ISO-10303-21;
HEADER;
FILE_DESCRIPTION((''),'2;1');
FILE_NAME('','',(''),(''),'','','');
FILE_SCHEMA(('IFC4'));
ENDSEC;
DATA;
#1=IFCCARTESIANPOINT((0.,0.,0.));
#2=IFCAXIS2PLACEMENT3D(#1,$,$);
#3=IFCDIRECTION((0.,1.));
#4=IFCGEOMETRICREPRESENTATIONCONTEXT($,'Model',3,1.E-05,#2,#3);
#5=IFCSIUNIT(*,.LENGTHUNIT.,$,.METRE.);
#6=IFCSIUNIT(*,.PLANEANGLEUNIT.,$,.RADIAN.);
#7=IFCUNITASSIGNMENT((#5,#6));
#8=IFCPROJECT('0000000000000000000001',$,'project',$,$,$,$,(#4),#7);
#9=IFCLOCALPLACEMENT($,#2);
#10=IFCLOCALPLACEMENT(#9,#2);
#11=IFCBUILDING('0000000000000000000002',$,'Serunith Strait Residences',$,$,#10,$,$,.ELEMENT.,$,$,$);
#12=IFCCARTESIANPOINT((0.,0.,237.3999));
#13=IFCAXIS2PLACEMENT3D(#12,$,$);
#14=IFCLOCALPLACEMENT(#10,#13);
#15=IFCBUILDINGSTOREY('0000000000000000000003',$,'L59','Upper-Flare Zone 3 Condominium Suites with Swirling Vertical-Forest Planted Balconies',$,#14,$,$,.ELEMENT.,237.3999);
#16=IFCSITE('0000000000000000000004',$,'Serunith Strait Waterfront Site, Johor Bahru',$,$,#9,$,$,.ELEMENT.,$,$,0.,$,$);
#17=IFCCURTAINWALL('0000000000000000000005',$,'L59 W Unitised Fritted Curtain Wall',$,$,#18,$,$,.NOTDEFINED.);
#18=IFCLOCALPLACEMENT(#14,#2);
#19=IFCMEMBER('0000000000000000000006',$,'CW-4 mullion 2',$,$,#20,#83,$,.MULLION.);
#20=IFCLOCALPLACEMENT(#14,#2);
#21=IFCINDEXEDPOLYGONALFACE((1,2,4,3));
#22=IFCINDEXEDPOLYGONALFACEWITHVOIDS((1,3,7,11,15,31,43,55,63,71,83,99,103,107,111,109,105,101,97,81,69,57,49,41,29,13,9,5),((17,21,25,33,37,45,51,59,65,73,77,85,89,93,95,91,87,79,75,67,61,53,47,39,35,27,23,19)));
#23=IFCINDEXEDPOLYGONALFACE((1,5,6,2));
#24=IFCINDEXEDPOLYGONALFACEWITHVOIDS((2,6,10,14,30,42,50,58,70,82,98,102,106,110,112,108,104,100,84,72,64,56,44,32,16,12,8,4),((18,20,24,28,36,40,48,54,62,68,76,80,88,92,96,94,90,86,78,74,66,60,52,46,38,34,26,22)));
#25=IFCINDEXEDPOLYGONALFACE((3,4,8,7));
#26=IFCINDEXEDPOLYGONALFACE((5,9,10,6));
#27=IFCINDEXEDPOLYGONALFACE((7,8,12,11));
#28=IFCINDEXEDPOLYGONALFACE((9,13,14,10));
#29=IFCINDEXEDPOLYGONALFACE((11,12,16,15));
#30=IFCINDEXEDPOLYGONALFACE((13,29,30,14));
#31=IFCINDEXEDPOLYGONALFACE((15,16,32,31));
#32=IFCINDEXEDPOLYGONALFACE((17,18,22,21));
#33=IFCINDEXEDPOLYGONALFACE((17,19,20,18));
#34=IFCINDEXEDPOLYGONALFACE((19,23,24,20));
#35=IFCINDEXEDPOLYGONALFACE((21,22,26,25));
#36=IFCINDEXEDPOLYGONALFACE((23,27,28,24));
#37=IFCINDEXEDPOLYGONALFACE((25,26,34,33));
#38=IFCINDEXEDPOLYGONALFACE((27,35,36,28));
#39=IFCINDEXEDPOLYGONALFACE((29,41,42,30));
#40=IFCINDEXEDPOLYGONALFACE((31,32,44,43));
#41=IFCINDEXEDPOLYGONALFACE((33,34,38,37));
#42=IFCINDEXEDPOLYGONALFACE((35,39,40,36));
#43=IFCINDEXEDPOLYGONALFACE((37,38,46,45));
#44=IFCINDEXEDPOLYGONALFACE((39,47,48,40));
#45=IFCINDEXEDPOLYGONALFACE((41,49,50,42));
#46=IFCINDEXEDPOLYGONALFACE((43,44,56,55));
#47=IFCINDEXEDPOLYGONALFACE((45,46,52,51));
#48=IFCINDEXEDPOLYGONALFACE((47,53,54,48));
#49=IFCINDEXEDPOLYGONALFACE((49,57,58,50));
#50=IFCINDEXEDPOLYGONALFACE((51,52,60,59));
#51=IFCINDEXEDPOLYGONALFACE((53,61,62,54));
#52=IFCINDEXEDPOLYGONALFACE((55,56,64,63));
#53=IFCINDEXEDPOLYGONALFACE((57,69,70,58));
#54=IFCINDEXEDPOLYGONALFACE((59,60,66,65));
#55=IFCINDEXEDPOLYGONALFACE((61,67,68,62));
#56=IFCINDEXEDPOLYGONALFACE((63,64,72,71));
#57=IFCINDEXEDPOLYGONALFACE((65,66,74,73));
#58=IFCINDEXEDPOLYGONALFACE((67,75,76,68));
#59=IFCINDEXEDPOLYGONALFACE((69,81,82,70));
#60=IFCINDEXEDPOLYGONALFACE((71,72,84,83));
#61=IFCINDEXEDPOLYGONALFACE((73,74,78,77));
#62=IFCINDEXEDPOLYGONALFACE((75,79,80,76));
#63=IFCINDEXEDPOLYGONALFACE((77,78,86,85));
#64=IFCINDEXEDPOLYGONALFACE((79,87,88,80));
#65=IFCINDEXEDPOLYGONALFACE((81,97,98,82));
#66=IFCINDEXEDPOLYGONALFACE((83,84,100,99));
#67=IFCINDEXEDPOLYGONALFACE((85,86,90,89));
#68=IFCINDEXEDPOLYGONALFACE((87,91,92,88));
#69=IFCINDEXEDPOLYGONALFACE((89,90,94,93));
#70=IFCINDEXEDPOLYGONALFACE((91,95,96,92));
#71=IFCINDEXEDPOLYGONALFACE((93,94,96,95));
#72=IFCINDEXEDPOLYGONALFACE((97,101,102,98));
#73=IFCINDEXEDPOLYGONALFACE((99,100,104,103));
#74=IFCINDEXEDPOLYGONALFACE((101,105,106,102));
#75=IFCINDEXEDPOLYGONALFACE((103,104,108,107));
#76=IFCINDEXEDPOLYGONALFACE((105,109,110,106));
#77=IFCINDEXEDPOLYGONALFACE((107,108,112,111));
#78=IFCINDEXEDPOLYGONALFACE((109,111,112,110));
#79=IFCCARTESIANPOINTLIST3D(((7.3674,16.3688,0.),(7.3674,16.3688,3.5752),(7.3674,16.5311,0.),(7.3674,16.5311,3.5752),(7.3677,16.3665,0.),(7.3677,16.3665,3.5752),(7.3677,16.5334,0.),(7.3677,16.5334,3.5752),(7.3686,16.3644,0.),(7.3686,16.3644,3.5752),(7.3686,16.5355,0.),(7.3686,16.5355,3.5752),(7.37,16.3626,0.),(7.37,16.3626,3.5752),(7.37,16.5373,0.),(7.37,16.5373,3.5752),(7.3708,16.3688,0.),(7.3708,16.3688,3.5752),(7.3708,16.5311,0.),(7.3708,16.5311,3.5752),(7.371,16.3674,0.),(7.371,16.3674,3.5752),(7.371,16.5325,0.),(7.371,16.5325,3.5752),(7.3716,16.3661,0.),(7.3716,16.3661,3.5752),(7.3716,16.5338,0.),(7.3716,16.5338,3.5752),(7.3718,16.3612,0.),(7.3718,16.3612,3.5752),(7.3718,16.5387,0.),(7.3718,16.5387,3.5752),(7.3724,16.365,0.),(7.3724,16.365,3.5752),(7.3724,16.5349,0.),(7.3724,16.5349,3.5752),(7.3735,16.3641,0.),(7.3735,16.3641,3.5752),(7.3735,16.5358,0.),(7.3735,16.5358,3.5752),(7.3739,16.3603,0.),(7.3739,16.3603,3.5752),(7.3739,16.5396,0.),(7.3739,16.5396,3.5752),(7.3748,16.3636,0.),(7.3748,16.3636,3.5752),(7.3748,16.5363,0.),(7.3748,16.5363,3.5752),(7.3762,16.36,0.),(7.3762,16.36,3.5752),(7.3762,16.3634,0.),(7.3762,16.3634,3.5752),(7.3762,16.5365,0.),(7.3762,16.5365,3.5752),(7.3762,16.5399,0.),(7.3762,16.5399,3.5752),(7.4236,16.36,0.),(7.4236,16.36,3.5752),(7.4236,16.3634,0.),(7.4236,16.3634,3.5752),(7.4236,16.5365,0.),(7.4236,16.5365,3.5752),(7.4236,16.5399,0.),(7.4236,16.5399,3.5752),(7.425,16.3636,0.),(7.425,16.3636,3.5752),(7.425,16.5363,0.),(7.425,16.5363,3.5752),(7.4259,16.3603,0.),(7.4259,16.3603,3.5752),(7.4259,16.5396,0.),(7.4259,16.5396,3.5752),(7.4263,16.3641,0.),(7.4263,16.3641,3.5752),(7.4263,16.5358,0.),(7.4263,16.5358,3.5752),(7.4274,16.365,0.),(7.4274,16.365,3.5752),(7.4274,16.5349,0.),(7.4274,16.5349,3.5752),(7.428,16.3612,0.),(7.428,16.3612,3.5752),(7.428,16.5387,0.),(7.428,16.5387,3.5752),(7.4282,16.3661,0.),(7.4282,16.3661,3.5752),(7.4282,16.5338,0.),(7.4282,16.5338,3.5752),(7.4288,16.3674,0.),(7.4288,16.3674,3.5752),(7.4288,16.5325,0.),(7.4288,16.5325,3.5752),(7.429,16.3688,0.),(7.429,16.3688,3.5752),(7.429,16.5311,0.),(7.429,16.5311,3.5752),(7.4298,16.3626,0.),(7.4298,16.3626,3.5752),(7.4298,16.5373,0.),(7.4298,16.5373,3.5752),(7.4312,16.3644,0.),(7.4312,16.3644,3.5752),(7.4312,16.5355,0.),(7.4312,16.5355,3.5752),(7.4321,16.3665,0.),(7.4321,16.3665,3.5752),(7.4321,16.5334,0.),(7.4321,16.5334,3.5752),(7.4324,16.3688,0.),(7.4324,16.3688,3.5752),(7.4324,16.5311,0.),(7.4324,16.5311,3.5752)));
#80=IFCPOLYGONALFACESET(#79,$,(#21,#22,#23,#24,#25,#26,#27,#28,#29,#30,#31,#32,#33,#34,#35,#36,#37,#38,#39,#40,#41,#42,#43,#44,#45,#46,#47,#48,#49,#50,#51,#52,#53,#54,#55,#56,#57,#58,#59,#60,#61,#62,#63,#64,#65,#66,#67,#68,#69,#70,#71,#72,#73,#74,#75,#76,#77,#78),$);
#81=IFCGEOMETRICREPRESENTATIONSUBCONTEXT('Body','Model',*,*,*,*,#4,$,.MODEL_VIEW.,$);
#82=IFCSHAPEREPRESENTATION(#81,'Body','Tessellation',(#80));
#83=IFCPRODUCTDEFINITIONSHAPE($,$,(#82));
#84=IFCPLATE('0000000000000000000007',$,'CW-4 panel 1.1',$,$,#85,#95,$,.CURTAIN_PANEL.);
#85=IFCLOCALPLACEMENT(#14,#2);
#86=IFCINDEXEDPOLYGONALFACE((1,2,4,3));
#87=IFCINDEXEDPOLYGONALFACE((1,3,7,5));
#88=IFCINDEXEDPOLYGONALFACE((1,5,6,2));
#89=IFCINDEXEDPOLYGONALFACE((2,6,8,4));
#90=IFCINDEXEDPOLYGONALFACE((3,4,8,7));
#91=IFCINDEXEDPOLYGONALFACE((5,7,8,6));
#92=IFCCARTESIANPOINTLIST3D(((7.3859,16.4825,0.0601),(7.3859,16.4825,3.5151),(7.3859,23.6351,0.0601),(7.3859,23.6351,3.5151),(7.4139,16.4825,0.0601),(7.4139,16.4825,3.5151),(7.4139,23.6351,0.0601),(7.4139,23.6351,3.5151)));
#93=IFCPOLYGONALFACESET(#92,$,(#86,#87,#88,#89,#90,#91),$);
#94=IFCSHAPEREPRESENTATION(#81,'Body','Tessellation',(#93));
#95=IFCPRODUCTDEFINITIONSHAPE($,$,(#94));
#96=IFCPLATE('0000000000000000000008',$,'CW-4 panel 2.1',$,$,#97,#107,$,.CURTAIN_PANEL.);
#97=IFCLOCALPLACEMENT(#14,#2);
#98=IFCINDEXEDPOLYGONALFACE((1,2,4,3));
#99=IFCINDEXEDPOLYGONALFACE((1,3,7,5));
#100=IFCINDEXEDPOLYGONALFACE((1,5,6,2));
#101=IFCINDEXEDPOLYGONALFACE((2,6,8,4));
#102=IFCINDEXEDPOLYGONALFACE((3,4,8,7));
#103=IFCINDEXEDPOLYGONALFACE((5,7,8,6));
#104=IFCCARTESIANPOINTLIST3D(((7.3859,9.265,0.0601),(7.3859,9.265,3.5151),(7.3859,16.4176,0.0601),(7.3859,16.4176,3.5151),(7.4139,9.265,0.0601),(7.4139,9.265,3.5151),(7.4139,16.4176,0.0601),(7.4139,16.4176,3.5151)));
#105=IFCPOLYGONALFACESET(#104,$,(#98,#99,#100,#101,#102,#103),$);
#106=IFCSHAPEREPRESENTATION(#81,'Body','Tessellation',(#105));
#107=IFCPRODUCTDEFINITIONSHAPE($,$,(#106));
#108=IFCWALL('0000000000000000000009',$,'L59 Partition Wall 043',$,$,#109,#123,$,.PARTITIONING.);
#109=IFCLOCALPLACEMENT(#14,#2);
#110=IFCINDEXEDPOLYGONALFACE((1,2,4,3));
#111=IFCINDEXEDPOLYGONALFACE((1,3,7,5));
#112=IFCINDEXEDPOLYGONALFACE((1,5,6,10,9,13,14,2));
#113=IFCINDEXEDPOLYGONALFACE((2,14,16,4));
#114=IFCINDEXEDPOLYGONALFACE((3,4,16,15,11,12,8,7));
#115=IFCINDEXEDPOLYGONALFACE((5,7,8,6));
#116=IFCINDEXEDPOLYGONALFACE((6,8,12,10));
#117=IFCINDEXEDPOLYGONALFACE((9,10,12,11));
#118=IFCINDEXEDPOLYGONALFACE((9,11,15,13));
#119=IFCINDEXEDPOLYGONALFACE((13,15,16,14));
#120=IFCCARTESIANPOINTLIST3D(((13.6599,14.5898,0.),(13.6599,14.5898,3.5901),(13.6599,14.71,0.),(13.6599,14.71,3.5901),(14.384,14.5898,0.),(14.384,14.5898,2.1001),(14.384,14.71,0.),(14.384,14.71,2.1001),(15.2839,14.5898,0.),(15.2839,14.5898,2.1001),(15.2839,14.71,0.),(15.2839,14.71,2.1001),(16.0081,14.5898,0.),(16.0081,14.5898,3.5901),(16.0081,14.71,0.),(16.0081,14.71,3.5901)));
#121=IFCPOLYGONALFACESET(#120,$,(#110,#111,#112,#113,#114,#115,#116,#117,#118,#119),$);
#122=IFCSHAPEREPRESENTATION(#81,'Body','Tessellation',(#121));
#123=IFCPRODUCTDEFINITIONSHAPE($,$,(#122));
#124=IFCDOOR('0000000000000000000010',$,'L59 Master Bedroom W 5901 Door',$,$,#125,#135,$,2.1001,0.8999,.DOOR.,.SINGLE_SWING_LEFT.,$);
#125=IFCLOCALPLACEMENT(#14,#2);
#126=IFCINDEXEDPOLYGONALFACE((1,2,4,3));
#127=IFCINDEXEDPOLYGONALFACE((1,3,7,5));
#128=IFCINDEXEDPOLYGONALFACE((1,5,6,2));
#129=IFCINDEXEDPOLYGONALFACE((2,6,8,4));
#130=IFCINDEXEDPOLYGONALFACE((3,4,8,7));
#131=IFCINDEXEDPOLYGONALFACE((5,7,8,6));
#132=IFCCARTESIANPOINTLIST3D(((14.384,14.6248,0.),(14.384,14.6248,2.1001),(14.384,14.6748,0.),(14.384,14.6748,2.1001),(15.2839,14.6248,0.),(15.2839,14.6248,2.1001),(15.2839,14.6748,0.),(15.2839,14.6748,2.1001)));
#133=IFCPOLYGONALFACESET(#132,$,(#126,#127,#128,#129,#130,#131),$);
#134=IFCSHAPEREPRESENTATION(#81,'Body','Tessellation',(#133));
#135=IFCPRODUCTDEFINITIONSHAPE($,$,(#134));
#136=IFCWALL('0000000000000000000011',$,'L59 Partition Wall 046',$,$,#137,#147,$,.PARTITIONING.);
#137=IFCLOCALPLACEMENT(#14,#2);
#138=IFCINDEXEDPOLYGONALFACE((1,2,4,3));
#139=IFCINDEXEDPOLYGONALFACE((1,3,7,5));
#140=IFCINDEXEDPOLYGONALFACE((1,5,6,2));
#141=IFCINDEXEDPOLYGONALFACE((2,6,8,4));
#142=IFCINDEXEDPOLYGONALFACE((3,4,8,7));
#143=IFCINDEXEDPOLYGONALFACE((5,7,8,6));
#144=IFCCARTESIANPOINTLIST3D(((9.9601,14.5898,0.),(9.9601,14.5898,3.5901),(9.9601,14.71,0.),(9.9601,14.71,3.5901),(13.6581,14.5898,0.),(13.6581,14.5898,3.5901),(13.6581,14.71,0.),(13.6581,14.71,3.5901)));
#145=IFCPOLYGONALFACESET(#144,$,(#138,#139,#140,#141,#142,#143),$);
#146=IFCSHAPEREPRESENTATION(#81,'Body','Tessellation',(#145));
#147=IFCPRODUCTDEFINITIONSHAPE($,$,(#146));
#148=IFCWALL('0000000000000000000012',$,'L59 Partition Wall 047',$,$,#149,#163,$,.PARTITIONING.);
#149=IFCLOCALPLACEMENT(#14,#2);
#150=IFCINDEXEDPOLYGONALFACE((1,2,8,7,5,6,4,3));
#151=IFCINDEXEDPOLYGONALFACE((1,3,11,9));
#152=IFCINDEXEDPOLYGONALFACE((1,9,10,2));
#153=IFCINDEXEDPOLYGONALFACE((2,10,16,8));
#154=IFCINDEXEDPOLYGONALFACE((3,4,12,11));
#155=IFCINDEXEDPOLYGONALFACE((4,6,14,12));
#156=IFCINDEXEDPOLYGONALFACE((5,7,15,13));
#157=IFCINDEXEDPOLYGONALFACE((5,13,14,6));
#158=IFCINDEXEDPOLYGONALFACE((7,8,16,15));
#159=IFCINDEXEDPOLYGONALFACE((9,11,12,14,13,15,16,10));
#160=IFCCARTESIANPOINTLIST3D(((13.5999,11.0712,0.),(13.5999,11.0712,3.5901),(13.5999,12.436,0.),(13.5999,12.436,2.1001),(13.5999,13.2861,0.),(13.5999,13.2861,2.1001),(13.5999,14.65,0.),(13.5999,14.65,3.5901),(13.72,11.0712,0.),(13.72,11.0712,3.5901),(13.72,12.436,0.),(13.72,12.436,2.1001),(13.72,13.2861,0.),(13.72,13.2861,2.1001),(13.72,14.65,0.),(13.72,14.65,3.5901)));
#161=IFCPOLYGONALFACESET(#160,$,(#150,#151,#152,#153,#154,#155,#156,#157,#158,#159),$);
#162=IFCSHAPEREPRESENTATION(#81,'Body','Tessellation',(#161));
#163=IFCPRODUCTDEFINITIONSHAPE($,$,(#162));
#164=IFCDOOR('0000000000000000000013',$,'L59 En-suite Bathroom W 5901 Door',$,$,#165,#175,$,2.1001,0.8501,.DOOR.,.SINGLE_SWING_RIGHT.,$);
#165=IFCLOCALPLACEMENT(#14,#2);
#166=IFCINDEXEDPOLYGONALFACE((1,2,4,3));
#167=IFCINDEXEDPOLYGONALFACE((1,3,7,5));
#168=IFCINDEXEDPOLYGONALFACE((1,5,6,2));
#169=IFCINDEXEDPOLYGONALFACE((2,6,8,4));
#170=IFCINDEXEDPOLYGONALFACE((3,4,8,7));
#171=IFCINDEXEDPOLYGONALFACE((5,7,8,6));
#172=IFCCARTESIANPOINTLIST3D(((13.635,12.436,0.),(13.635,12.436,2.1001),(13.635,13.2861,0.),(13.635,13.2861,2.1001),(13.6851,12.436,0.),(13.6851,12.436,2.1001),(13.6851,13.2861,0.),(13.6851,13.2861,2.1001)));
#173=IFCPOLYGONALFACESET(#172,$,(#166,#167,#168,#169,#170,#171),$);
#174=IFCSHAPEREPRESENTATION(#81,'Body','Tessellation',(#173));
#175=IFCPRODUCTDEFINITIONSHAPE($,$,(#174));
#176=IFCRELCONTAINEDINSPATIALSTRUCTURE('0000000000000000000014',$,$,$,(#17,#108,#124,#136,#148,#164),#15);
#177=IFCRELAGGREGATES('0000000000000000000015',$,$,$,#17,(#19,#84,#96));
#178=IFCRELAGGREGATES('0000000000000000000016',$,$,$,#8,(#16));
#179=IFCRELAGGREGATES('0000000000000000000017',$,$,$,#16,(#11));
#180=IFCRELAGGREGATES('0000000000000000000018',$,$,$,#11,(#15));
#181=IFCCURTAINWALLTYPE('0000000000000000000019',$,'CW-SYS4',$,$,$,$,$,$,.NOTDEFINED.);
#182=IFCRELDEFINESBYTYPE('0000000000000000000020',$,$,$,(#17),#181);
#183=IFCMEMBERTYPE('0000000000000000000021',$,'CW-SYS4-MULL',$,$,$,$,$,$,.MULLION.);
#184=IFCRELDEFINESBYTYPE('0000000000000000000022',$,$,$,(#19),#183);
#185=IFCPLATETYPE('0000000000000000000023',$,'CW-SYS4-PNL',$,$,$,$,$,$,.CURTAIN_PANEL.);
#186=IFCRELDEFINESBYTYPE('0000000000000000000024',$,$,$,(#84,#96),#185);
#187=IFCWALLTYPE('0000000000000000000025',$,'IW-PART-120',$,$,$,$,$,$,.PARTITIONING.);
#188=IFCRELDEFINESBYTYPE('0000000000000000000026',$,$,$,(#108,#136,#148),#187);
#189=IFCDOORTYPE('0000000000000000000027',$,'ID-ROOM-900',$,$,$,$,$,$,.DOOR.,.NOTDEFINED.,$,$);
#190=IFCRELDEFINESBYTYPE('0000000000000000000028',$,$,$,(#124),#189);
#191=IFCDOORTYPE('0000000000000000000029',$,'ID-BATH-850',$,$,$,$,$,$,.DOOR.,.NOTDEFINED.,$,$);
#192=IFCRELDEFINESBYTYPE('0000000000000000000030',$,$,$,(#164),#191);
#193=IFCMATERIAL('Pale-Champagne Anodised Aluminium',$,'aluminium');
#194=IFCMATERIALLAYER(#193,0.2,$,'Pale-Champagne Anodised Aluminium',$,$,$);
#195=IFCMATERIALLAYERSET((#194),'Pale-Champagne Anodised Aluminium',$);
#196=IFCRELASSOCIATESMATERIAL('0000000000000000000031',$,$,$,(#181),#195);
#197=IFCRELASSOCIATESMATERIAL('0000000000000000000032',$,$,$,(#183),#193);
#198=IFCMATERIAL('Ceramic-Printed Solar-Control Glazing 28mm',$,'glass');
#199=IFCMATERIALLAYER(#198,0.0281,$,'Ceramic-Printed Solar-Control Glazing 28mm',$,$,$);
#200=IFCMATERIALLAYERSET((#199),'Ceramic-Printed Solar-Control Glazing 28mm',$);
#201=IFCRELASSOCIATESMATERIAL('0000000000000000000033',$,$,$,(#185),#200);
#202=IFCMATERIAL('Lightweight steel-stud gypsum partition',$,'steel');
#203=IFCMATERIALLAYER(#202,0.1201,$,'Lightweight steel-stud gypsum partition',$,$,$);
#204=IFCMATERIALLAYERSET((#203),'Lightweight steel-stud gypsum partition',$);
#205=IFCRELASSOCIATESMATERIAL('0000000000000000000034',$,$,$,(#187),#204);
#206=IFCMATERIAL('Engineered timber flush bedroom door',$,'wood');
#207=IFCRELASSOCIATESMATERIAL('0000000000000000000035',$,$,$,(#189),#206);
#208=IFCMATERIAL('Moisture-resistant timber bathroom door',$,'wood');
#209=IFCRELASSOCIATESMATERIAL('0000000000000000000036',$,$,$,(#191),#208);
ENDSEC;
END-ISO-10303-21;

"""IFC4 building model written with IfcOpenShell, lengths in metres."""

from ifc_helpers import new_model, si_unit, direction, frame, frame_2d, origin, origin_2d, place, context, subcontext, project, spatial, rectangle, hollow_rectangle, extrude, source, transform, mapped, material, layer, layer_set, material_profile, profile_set, type_object, element, fill, aggregate, save


model = new_model("IFC4")

# Units and contexts
model_context = context("Model", 3, precision=1e-05, world=origin(), true_north=direction((0.0, 1.0)))
body_context = subcontext(model_context, "Body", "Model", "MODEL_VIEW")
ifc_project = project(units=[si_unit("LENGTHUNIT", "METRE"), si_unit("PLANEANGLEUNIT", "RADIAN")], contexts=[model_context])

# Site, building, storey
site_placement = place(None, origin())
site = spatial("IfcSite", under=ifc_project, at=site_placement, Name="Serunith Strait Waterfront Site, Johor Bahru", CompositionType="ELEMENT", RefElevation=0.0)
building_placement = place(site_placement, origin())
building = spatial("IfcBuilding", under=site, at=building_placement, Name="Serunith Strait Residences", CompositionType="ELEMENT")
storey_placement = place(building_placement, frame((0.0, 0.0, 237.3999)))
storey = spatial("IfcBuildingStorey", under=building, at=storey_placement, Name="L59", Description="Upper-Flare Zone 3 Condominium Suites with Swirling Vertical-Forest Planted Balconies", CompositionType="ELEMENT", Elevation=237.3999)

# Curtain wall, member, plates
ifc_material_1 = material(Name="Pale-Champagne Anodised Aluminium", Category="aluminium")
ifc_layer_1 = layer(ifc_material_1, 0.2, Name="Pale-Champagne Anodised Aluminium")
ifc_layer_set_1 = layer_set([ifc_layer_1], Name="Pale-Champagne Anodised Aluminium")
curtain_wall_type = type_object("IfcCurtainWallType", Name="CW-SYS4", PredefinedType="NOTDEFINED", material=ifc_layer_set_1)
curtain_wall_placement = place(storey_placement, origin())
curtain_wall = element("IfcCurtainWall", 1, at=curtain_wall_placement, inside=storey, type_object=curtain_wall_type, Name="L59 W Unitised Fritted Curtain Wall", PredefinedType="NOTDEFINED")
ifc_material_profile_1 = material_profile(ifc_material_1, hollow_rectangle(XDim=0.0649, YDim=0.1799, WallThickness=0.0034, InnerFilletRadius=0.0054, OuterFilletRadius=0.0088, at=origin_2d()), Name="ALU 180x65x3.5")
ifc_profile_set_1 = profile_set([ifc_material_profile_1], Name="Pale-Champagne Anodised Aluminium")
member_type_1 = type_object("IfcMemberType", Name="CW-SYS4-MULL", PredefinedType="MULLION", material=ifc_profile_set_1)
shared_shape_1 = source(origin(), body_context, "Body", "SweptSolid", [
    extrude(hollow_rectangle(XDim=0.0649, YDim=0.1799, WallThickness=0.0034, InnerFilletRadius=0.0054, OuterFilletRadius=0.0088, at=origin_2d()), origin(), (0.0, 0.0, 1.0), 3.5752),
])
member_1_placement = place(storey_placement, frame((7.3999, 16.45, 0.0), z_axis=(0.0, 0.0, 1.0), x_axis=(1.0, 0.0, 0.0)))
member_1 = element("IfcMember", 2, at=member_1_placement, type_object=member_type_1, Name="CW-4 mullion 2", PredefinedType="MULLION", context=body_context, shape_type="MappedRepresentation", body=[
    mapped(shared_shape_1, transform((0.0, 0.0, 0.0), scale=1.0)),
])
ifc_material_2 = material(Name="Ceramic-Printed Solar-Control Glazing 28mm", Category="glass")
ifc_layer_2 = layer(ifc_material_2, 0.0281, Name="Ceramic-Printed Solar-Control Glazing 28mm")
ifc_layer_set_2 = layer_set([ifc_layer_2], Name="Ceramic-Printed Solar-Control Glazing 28mm")
plate_type = type_object("IfcPlateType", Name="CW-SYS4-PNL", PredefinedType="CURTAIN_PANEL", material=ifc_layer_set_2)
shared_shape_2 = source(origin(), body_context, "Body", "SweptSolid", [
    extrude(rectangle(XDim=7.1526, YDim=0.0281, at=origin_2d()), origin(), (0.0, 0.0, 1.0), 3.4551),
])
plate_1_placement = place(storey_placement, frame((7.3999, 20.0588, 0.0601), z_axis=(0.0, 0.0, 1.0), x_axis=(0.0, -1.0, 0.0)))
plate_1 = element("IfcPlate", 3, at=plate_1_placement, type_object=plate_type, Name="CW-4 panel 1.1", PredefinedType="CURTAIN_PANEL", context=body_context, shape_type="MappedRepresentation", body=[
    mapped(shared_shape_2, transform((0.0, 0.0, 0.0), scale=1.0)),
])
plate_2_placement = place(storey_placement, frame((7.3999, 12.8413, 0.0601), z_axis=(0.0, 0.0, 1.0), x_axis=(0.0, -1.0, 0.0)))
plate_2 = element("IfcPlate", 4, at=plate_2_placement, type_object=plate_type, Name="CW-4 panel 2.1", PredefinedType="CURTAIN_PANEL", context=body_context, shape_type="MappedRepresentation", body=[
    mapped(shared_shape_2, transform((0.0, 0.0, 0.0), scale=1.0)),
])
aggregate(curtain_wall, [member_1, plate_1, plate_2])

# Wall, opening, door
ifc_material_3 = material(Name="Lightweight steel-stud gypsum partition", Category="steel")
ifc_layer_3 = layer(ifc_material_3, 0.1201, Name="Lightweight steel-stud gypsum partition")
ifc_layer_set_3 = layer_set([ifc_layer_3], Name="Lightweight steel-stud gypsum partition")
wall_type_1 = type_object("IfcWallType", Name="IW-PART-120", PredefinedType="PARTITIONING", material=ifc_layer_set_3)
wall_1_placement = place(storey_placement, frame((13.6599, 14.6499, 0.0), z_axis=(0.0, 0.0, 1.0), x_axis=(1.0, 0.0, 0.0)))
wall_1 = element("IfcWall", 5, at=wall_1_placement, inside=storey, type_object=wall_type_1, Name="L59 Partition Wall 043", PredefinedType="PARTITIONING", context=body_context, shape_type="SweptSolid", body=[
    extrude(rectangle(XDim=2.3481, YDim=0.1201, at=frame_2d((1.1741, 0.0))), origin(), (0.0, 0.0, 1.0), 3.5901),
])
opening_1_placement = place(wall_1_placement, frame((0.7241, 0.0, 0.0)))
opening_1 = element("IfcOpeningElement", 6, at=opening_1_placement, cuts=wall_1, PredefinedType="OPENING", context=body_context, shape_type="SweptSolid", body=[
    extrude(rectangle(XDim=0.8999, YDim=2.1001, at=frame_2d((0.45, 1.05))), frame((0.0, 0.0701, 0.0), z_axis=(0.0, -1.0, 0.0), x_axis=(1.0, 0.0, 0.0)), (0.0, 0.0, 1.0), 0.1401),
])
ifc_material_4 = material(Name="Engineered timber flush bedroom door", Category="wood")
door_type_1 = type_object("IfcDoorType", Name="ID-ROOM-900", OperationType="NOTDEFINED", PredefinedType="DOOR", material=ifc_material_4)
shared_shape_3 = source(origin(), body_context, "Body", "SweptSolid", [
    extrude(rectangle(XDim=0.8999, YDim=2.1001, at=frame_2d((0.45, 1.05))), frame((0.0, 0.0249, 0.0), z_axis=(0.0, -1.0, 0.0), x_axis=(1.0, 0.0, 0.0)), (0.0, 0.0, 1.0), 0.05),
])
door_1_placement = place(opening_1_placement, origin())
door_1 = element("IfcDoor", 7, at=door_1_placement, inside=storey, type_object=door_type_1, Name="L59 Master Bedroom W 5901 Door", OperationType="SINGLE_SWING_LEFT", OverallHeight=2.1001, OverallWidth=0.8999, PredefinedType="DOOR", context=body_context, shape_type="MappedRepresentation", body=[
    mapped(shared_shape_3, transform((0.0, 0.0, 0.0), scale=1.0)),
])
fill(opening_1, door_1)

# Wall
wall_2_placement = place(storey_placement, frame((9.96, 14.6499, 0.0), z_axis=(0.0, 0.0, 1.0), x_axis=(1.0, 0.0, 0.0)))
element("IfcWall", 8, at=wall_2_placement, inside=storey, type_object=wall_type_1, Name="L59 Partition Wall 046", PredefinedType="PARTITIONING", context=body_context, shape_type="SweptSolid", body=[
    extrude(rectangle(XDim=3.698, YDim=0.1201, at=frame_2d((1.8491, 0.0))), origin(), (0.0, 0.0, 1.0), 3.5901),
])

# Wall, opening, door
wall_3_placement = place(storey_placement, frame((13.6599, 11.071, 0.0), z_axis=(0.0, 0.0, 1.0), x_axis=(0.0, 1.0, 0.0)))
wall_3 = element("IfcWall", 9, at=wall_3_placement, inside=storey, type_object=wall_type_1, Name="L59 Partition Wall 047", PredefinedType="PARTITIONING", context=body_context, shape_type="SweptSolid", body=[
    extrude(rectangle(XDim=3.5789, YDim=0.1201, at=frame_2d((1.7896, 0.0))), origin(), (0.0, 0.0, 1.0), 3.5901),
])
opening_2_placement = place(wall_3_placement, frame((1.365, 0.0, 0.0)))
opening_2 = element("IfcOpeningElement", 10, at=opening_2_placement, cuts=wall_3, PredefinedType="OPENING", context=body_context, shape_type="SweptSolid", body=[
    extrude(rectangle(XDim=0.8501, YDim=2.1001, at=frame_2d((0.425, 1.05))), frame((0.0, 0.0701, 0.0), z_axis=(0.0, -1.0, 0.0), x_axis=(1.0, 0.0, 0.0)), (0.0, 0.0, 1.0), 0.1401),
])
ifc_material_5 = material(Name="Moisture-resistant timber bathroom door", Category="wood")
door_type_2 = type_object("IfcDoorType", Name="ID-BATH-850", OperationType="NOTDEFINED", PredefinedType="DOOR", material=ifc_material_5)
shared_shape_4 = source(origin(), body_context, "Body", "SweptSolid", [
    extrude(rectangle(XDim=0.8501, YDim=2.1001, at=frame_2d((0.425, 1.05))), frame((0.0, 0.0249, 0.0), z_axis=(0.0, -1.0, 0.0), x_axis=(1.0, 0.0, 0.0)), (0.0, 0.0, 1.0), 0.05),
])
door_2_placement = place(opening_2_placement, origin())
door_2 = element("IfcDoor", 11, at=door_2_placement, inside=storey, type_object=door_type_2, Name="L59 En-suite Bathroom W 5901 Door", OperationType="SINGLE_SWING_RIGHT", OverallHeight=2.1001, OverallWidth=0.8501, PredefinedType="DOOR", context=body_context, shape_type="MappedRepresentation", body=[
    mapped(shared_shape_4, transform((0.0, 0.0, 0.0), scale=1.0)),
])
fill(opening_2, door_2)

save(model, "model.ifc")
